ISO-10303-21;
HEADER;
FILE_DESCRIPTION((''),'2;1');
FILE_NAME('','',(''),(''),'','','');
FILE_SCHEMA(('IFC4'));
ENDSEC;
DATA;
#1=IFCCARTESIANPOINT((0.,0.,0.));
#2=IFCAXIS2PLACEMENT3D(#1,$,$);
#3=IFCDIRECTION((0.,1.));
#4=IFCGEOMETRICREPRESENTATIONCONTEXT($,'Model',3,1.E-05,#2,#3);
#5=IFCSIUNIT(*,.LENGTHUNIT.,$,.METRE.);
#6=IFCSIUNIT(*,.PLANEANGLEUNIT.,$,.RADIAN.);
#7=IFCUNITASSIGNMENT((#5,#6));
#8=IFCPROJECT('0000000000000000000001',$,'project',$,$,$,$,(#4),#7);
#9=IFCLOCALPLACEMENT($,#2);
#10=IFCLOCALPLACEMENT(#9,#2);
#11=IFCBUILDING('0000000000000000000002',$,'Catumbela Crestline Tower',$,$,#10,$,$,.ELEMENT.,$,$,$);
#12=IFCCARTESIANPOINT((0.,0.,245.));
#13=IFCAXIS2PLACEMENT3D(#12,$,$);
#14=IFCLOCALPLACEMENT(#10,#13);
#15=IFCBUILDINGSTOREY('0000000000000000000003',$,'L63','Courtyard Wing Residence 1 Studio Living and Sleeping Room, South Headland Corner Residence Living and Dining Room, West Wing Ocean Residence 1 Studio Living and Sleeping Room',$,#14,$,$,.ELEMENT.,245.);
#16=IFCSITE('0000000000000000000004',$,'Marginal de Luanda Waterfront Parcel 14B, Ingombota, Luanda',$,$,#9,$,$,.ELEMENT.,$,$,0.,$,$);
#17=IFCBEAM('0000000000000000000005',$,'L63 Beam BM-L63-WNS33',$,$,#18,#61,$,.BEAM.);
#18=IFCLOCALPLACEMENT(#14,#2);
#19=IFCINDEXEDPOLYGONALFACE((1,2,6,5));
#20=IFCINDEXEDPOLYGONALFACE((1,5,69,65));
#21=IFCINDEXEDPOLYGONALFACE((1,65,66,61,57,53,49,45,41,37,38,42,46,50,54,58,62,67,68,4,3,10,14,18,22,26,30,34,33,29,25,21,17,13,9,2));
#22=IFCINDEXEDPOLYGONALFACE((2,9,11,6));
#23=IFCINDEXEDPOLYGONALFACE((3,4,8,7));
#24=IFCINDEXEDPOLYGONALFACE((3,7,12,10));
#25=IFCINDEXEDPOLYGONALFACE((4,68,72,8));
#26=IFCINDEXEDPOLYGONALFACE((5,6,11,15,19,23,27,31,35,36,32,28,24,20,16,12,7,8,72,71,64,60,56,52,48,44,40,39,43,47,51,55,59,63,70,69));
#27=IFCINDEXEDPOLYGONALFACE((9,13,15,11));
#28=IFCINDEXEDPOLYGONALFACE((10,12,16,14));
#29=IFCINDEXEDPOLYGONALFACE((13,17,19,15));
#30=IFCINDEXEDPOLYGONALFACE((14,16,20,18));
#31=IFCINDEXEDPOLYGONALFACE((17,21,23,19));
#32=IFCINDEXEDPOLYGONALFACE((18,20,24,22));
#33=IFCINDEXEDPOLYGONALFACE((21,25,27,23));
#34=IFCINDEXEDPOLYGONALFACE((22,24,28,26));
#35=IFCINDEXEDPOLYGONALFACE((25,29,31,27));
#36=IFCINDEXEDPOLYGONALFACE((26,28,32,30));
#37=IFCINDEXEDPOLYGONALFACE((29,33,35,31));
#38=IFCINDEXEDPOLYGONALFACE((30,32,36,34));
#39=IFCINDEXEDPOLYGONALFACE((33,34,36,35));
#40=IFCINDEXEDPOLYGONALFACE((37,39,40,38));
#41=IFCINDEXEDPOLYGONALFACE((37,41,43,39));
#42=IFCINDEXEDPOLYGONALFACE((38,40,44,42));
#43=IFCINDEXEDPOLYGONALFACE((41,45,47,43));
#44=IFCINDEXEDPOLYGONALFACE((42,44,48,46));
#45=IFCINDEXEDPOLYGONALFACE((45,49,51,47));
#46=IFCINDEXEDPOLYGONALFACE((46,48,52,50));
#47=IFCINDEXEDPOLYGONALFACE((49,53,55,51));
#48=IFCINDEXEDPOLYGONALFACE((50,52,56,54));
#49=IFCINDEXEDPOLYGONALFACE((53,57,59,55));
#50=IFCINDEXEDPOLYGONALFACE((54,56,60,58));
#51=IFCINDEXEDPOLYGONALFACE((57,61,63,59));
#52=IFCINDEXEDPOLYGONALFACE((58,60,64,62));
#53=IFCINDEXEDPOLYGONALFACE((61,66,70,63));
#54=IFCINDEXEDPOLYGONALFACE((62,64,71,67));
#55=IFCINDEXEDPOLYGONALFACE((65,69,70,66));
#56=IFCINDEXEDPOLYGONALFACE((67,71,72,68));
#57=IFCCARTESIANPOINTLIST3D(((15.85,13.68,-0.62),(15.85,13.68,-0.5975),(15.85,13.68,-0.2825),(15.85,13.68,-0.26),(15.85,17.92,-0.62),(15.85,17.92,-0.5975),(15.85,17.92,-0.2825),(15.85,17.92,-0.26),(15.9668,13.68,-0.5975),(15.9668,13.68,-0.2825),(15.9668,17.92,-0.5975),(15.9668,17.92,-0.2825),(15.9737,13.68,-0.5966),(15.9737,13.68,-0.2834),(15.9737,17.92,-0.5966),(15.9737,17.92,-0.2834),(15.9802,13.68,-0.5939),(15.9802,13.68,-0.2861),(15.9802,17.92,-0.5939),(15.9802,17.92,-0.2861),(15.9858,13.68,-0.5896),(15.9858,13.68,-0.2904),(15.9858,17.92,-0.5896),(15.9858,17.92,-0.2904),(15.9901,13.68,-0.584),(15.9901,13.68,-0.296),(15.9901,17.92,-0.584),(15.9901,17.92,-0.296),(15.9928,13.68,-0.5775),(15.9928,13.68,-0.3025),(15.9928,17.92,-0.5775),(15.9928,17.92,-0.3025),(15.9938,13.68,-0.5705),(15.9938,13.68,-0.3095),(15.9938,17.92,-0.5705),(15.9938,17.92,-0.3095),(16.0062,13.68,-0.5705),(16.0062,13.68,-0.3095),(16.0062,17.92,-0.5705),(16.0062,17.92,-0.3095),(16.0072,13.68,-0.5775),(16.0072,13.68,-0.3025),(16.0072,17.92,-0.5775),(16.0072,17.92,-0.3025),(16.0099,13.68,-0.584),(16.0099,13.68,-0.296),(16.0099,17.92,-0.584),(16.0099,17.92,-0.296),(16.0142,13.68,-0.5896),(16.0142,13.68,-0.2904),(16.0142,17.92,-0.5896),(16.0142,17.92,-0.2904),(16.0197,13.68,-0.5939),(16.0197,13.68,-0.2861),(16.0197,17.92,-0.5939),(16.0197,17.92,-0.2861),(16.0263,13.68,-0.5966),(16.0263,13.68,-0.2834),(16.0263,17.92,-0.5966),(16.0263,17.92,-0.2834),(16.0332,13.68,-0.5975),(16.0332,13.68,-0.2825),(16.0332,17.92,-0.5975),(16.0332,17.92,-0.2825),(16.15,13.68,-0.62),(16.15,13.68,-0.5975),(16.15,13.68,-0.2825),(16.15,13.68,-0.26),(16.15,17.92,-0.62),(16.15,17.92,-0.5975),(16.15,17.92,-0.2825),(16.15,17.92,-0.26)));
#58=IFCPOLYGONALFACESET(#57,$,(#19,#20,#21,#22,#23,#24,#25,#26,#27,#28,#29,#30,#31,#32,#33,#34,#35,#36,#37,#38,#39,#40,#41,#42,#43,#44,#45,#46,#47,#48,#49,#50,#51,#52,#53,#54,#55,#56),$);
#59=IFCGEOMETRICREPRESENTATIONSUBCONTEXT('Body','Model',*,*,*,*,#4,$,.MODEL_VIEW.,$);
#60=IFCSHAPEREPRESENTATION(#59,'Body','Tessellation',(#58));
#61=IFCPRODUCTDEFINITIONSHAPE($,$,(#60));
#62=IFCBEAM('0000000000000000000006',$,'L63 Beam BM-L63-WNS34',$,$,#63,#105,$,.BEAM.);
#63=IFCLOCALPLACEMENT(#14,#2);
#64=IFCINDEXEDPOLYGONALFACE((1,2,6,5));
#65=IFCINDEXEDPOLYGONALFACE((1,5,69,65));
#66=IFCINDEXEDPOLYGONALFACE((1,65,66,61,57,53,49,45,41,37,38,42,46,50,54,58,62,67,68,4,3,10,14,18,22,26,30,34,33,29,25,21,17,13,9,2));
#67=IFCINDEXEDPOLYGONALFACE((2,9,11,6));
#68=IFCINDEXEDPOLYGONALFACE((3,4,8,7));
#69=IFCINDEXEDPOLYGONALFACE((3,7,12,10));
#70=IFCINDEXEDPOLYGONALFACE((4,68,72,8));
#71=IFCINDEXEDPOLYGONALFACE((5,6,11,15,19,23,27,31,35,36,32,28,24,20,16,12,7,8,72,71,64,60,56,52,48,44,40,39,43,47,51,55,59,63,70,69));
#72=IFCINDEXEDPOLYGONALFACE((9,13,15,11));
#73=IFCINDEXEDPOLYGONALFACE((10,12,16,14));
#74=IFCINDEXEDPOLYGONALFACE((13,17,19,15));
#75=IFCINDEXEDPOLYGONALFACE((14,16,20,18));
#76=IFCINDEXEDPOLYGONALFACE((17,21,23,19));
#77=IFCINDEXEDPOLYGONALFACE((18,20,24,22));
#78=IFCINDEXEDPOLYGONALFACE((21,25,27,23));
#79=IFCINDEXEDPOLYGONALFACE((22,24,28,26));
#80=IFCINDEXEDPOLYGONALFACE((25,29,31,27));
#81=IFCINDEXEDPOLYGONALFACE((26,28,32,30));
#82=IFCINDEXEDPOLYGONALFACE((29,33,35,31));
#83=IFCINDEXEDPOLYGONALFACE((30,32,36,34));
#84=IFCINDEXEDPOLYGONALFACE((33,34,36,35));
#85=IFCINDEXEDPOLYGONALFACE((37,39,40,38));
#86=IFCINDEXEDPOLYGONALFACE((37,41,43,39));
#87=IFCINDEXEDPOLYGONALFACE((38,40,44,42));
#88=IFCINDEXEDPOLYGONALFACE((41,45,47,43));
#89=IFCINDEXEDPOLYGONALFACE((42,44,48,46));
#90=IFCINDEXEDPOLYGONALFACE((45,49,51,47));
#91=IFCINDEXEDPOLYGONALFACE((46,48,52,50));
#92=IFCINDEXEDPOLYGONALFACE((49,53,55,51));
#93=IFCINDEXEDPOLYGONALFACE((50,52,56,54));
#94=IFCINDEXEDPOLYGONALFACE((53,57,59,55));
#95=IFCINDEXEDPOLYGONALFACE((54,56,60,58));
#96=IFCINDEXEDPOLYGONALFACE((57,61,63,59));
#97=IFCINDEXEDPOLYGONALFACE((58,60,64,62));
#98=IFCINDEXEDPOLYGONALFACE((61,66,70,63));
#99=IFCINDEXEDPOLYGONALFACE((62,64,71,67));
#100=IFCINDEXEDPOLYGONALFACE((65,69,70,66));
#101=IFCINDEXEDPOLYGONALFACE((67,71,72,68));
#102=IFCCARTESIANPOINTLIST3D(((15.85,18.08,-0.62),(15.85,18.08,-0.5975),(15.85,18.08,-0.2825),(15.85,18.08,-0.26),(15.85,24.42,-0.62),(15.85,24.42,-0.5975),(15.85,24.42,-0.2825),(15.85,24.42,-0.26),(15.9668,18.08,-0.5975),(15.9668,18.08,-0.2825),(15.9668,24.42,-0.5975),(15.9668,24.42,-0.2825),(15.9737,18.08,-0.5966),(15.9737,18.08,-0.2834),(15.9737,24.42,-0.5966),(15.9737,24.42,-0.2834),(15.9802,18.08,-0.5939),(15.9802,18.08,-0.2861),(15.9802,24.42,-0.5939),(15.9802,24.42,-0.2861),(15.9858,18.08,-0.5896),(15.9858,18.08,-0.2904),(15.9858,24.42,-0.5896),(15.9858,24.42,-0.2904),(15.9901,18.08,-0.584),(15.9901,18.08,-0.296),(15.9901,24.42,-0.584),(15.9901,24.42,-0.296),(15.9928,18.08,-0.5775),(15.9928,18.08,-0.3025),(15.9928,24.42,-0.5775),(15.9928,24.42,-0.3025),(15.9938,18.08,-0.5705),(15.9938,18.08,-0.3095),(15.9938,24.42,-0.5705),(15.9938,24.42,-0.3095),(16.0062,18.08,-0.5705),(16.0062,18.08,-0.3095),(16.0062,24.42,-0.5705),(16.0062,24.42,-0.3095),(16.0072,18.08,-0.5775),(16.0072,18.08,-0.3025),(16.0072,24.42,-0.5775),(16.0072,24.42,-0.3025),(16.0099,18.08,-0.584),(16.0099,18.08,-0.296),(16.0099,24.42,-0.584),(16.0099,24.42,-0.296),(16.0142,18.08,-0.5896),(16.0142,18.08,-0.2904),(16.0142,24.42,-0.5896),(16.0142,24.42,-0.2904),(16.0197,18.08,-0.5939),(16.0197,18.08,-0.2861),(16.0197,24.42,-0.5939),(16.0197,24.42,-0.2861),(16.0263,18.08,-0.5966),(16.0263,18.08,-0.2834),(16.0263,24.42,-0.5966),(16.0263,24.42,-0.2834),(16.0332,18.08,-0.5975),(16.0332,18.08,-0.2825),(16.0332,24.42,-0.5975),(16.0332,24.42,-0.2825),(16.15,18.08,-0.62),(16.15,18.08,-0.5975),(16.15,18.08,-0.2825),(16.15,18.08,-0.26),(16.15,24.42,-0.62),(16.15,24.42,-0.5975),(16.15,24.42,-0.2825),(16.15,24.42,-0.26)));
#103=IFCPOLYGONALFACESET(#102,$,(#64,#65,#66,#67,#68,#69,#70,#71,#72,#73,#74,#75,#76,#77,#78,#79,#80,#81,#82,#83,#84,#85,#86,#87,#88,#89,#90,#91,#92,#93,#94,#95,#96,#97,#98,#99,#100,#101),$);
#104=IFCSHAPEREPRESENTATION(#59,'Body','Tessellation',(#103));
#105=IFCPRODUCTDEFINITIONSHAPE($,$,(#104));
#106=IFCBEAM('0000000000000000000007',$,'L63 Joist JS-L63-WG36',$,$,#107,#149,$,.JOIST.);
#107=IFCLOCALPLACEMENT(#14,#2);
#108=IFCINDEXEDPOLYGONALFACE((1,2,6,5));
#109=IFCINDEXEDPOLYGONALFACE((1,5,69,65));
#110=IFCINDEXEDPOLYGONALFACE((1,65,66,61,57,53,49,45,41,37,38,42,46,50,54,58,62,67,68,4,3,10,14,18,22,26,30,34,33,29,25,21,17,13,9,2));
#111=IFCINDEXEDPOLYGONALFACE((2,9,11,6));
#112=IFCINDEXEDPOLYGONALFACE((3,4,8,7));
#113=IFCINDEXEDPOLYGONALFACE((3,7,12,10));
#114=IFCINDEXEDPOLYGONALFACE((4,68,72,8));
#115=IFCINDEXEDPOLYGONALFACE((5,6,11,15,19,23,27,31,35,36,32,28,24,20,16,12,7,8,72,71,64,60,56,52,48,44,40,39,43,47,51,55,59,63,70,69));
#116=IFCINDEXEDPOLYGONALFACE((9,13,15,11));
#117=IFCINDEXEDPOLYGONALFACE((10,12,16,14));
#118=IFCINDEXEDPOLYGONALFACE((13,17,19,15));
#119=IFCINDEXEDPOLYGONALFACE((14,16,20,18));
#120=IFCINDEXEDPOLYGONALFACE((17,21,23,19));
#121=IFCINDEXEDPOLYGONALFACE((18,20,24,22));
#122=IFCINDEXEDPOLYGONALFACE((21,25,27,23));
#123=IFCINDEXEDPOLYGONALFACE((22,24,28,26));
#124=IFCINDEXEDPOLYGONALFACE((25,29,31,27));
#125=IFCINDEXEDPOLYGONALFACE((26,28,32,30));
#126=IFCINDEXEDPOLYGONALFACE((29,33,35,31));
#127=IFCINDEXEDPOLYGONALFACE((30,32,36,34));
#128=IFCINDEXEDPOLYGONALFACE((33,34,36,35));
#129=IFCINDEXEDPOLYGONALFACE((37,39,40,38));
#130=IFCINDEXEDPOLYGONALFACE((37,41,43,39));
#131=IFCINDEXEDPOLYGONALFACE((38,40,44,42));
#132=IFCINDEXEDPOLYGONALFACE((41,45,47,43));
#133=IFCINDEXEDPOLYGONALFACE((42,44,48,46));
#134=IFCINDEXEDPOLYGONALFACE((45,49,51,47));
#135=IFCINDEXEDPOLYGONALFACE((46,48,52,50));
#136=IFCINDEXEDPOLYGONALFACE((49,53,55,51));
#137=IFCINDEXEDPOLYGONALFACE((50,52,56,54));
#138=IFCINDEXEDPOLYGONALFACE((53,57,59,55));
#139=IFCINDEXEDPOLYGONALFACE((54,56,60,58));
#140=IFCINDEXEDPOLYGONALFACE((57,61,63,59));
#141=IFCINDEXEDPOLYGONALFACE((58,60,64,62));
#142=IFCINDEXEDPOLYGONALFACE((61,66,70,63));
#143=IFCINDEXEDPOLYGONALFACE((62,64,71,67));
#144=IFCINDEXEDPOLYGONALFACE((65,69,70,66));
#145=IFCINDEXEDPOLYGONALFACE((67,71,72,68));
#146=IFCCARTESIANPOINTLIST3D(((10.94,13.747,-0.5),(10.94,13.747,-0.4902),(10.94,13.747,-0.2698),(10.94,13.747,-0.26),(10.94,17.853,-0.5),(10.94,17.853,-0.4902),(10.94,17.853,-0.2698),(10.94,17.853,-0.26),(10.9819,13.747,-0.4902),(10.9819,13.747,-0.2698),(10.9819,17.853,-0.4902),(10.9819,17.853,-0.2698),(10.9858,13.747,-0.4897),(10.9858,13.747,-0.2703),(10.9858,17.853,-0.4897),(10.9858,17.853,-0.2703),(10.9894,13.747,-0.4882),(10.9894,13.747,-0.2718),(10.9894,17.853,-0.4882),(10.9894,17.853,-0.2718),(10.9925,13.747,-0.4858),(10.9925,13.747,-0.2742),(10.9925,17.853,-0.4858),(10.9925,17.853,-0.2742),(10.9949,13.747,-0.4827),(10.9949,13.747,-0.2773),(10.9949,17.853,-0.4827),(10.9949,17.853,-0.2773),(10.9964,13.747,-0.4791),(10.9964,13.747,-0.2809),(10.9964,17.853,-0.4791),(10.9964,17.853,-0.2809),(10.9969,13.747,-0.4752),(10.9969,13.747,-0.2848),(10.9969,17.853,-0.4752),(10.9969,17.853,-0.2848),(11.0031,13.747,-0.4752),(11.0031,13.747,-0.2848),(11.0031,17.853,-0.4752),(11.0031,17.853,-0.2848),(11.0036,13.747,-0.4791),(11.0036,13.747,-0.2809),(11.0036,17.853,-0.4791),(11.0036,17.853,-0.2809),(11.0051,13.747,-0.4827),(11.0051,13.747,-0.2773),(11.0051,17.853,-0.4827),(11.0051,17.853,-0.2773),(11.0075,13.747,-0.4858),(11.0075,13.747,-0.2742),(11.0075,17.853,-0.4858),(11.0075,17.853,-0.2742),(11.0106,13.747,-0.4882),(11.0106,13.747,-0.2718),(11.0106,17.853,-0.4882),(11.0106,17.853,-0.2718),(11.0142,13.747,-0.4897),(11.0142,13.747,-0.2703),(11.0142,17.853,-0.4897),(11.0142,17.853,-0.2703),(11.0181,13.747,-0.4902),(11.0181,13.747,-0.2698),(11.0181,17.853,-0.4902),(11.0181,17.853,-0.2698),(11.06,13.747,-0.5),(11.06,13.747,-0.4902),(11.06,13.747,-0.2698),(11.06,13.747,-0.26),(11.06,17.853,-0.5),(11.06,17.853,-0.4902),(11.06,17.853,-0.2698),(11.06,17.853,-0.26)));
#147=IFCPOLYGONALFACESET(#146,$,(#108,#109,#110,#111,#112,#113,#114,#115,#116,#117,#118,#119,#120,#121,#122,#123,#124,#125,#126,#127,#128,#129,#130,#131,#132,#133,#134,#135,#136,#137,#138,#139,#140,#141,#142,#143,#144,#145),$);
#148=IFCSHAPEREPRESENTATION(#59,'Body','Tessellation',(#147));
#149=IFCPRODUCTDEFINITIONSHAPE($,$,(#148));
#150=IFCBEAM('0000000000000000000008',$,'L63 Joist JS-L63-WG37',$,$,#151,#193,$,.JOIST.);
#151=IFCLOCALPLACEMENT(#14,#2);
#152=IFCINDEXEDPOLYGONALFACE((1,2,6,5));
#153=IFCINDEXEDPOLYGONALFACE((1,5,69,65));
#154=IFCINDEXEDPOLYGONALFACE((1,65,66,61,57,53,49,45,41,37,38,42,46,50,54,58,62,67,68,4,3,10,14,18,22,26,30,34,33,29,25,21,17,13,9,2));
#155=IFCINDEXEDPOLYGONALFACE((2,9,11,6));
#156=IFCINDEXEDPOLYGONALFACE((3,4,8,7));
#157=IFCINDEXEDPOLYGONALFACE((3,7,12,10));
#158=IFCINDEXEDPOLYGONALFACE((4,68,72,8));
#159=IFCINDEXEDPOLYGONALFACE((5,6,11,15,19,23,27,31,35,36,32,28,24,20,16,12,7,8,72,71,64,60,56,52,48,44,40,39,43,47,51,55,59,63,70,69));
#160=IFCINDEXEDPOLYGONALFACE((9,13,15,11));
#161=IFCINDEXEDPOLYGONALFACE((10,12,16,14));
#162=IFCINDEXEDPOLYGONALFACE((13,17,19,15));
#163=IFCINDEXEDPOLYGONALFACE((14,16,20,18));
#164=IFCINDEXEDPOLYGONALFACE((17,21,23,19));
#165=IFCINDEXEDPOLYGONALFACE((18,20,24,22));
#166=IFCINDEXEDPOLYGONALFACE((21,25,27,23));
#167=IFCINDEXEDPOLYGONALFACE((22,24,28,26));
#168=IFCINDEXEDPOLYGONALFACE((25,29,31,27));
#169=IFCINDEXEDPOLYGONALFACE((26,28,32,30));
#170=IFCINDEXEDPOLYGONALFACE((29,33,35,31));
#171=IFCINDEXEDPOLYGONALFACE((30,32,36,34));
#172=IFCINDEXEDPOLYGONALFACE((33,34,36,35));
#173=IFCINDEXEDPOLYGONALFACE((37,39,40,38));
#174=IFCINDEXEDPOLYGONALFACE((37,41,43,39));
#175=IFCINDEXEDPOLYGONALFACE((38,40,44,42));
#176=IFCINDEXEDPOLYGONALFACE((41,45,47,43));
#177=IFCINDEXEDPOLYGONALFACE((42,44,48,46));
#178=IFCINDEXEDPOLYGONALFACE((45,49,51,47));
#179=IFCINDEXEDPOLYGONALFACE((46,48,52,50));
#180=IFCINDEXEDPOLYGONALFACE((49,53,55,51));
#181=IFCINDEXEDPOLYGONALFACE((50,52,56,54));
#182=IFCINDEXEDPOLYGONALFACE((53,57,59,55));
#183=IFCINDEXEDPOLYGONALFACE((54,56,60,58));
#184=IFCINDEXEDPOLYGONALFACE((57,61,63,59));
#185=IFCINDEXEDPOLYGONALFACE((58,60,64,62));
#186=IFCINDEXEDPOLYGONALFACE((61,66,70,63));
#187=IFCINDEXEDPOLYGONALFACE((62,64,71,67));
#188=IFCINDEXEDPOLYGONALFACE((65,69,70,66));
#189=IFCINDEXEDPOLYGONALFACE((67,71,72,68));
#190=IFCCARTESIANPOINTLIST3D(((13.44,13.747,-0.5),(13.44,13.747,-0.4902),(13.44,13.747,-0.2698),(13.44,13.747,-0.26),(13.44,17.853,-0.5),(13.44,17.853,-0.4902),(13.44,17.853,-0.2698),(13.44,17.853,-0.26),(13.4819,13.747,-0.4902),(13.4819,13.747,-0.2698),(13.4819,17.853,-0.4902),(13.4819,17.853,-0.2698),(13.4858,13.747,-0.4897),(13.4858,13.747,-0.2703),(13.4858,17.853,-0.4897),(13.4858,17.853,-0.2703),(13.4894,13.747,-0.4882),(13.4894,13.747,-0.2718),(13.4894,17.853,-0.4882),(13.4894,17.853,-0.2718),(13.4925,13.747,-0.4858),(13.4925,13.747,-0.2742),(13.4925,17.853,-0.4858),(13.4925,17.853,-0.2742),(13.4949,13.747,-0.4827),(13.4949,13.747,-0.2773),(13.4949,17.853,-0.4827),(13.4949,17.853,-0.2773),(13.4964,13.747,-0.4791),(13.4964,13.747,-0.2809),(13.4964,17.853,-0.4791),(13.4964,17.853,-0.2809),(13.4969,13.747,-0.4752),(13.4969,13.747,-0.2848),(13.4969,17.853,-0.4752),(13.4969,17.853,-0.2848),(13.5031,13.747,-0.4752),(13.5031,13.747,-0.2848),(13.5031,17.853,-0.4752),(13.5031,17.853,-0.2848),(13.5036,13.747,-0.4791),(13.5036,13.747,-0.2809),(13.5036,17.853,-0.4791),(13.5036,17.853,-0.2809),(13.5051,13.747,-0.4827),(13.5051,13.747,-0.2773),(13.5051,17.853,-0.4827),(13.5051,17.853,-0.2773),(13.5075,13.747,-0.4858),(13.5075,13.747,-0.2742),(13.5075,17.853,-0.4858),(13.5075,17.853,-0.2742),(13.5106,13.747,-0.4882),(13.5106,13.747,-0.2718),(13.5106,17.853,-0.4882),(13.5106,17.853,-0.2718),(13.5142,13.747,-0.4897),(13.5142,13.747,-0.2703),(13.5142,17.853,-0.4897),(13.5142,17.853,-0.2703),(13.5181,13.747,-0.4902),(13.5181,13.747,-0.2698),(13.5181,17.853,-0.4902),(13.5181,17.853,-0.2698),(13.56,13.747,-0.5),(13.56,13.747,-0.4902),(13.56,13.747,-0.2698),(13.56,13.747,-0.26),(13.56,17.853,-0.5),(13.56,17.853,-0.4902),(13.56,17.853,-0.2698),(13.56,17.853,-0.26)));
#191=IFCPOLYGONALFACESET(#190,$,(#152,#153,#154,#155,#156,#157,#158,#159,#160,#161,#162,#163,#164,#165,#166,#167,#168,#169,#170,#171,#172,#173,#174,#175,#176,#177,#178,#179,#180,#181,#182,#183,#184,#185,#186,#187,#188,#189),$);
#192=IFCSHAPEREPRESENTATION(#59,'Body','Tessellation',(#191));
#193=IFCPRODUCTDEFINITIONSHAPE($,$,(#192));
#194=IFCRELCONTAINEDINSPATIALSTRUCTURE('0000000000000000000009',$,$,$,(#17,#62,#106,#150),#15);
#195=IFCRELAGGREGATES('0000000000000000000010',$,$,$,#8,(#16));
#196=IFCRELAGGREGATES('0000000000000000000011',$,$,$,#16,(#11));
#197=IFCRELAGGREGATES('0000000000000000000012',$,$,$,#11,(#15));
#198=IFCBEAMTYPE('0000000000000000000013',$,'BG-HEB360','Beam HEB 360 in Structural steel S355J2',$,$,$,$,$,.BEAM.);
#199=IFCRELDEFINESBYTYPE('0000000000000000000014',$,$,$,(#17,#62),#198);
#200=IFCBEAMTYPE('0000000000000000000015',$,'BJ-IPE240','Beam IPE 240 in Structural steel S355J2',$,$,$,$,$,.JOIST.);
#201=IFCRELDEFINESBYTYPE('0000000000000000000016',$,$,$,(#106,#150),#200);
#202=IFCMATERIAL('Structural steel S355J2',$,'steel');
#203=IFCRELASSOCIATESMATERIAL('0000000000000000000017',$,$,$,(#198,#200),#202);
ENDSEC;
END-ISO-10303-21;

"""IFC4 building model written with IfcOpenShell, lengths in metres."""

from ifc_helpers import new_model, si_unit, direction, frame, origin, origin_2d, place, context, subcontext, project, spatial, i_section, extrude, material, material_profile, profile_set, type_object, element, save


model = new_model("IFC4")

# Units and contexts
model_context = context("Model", 3, precision=1e-05, world=origin(), true_north=direction((0.0, 1.0)))
body_context = subcontext(model_context, "Body", "Model", "MODEL_VIEW")
ifc_project = project(units=[si_unit("LENGTHUNIT", "METRE"), si_unit("PLANEANGLEUNIT", "RADIAN")], contexts=[model_context])

# Site, building, storey
site_placement = place(None, origin())
site = spatial("IfcSite", under=ifc_project, at=site_placement, Name="Marginal de Luanda Waterfront Parcel 14B, Ingombota, Luanda", CompositionType="ELEMENT", RefElevation=0.0)
building_placement = place(site_placement, origin())
building = spatial("IfcBuilding", under=site, at=building_placement, Name="Catumbela Crestline Tower", CompositionType="ELEMENT")
storey_placement = place(building_placement, frame((0.0, 0.0, 245.0)))
storey = spatial("IfcBuildingStorey", under=building, at=storey_placement, Name="L63", Description="Courtyard Wing Residence 1 Studio Living and Sleeping Room, South Headland Corner Residence Living and Dining Room, West Wing Ocean Residence 1 Studio Living and Sleeping Room", CompositionType="ELEMENT", Elevation=245.0)

# Shared definitions
ifc_material_1 = material(Name="Structural steel S355J2", Category="steel")

# Beams
ifc_material_profile_1 = material_profile(ifc_material_1, i_section(OverallWidth=0.3, OverallDepth=0.36, WebThickness=0.0125, FlangeThickness=0.0225, FilletRadius=0.027, at=origin_2d()), Name="HEB 360")
ifc_profile_set_1 = profile_set([ifc_material_profile_1], Name="Structural steel S355J2")
beam_type_1 = type_object("IfcBeamType", Name="BG-HEB360", Description="Beam HEB 360 in Structural steel S355J2", PredefinedType="BEAM", material=ifc_profile_set_1)
beam_1_placement = place(storey_placement, frame((16.0, 13.68, -0.44), z_axis=(0.0, 1.0, 0.0), x_axis=(-1.0, 0.0, 0.0)))
element("IfcBeam", 1, at=beam_1_placement, inside=storey, type_object=beam_type_1, Name="L63 Beam BM-L63-WNS33", PredefinedType="BEAM", context=body_context, shape_type="SweptSolid", body=[
    extrude(i_section(OverallWidth=0.3, OverallDepth=0.36, WebThickness=0.0125, FlangeThickness=0.0225, FilletRadius=0.027, at=origin_2d()), origin(), (0.0, 0.0, 1.0), 4.24),
])
beam_2_placement = place(storey_placement, frame((16.0, 18.08, -0.44), z_axis=(0.0, 1.0, 0.0), x_axis=(-1.0, 0.0, 0.0)))
element("IfcBeam", 2, at=beam_2_placement, inside=storey, type_object=beam_type_1, Name="L63 Beam BM-L63-WNS34", PredefinedType="BEAM", context=body_context, shape_type="SweptSolid", body=[
    extrude(i_section(OverallWidth=0.3, OverallDepth=0.36, WebThickness=0.0125, FlangeThickness=0.0225, FilletRadius=0.027, at=origin_2d()), origin(), (0.0, 0.0, 1.0), 6.34),
])
ifc_material_profile_2 = material_profile(ifc_material_1, i_section(OverallWidth=0.12, OverallDepth=0.24, WebThickness=0.0062, FlangeThickness=0.0098, FilletRadius=0.015, at=origin_2d()), Name="IPE 240")
ifc_profile_set_2 = profile_set([ifc_material_profile_2], Name="Structural steel S355J2")
beam_type_2 = type_object("IfcBeamType", Name="BJ-IPE240", Description="Beam IPE 240 in Structural steel S355J2", PredefinedType="JOIST", material=ifc_profile_set_2)
for number, where, z_axis, x_axis, name in (
    (3, (11.0, 13.747, -0.38), (0.0, 1.0, 0.0), (-1.0, 0.0, 0.0), "L63 Joist JS-L63-WG36"),
    (4, (13.5, 13.747, -0.38), (0.0, 1.0, 0.0), (-1.0, 0.0, 0.0), "L63 Joist JS-L63-WG37"),
):
    element("IfcBeam", number, at=place(storey_placement, frame(where, z_axis=z_axis, x_axis=x_axis)), inside=storey, type_object=beam_type_2, Name=name, PredefinedType="JOIST", context=body_context, shape_type="SweptSolid", body=[
        extrude(i_section(OverallWidth=0.12, OverallDepth=0.24, WebThickness=0.0062, FlangeThickness=0.0098, FilletRadius=0.015, at=origin_2d()), origin(), (0.0, 0.0, 1.0), 4.106),
    ])

save(model, "model.ifc")
